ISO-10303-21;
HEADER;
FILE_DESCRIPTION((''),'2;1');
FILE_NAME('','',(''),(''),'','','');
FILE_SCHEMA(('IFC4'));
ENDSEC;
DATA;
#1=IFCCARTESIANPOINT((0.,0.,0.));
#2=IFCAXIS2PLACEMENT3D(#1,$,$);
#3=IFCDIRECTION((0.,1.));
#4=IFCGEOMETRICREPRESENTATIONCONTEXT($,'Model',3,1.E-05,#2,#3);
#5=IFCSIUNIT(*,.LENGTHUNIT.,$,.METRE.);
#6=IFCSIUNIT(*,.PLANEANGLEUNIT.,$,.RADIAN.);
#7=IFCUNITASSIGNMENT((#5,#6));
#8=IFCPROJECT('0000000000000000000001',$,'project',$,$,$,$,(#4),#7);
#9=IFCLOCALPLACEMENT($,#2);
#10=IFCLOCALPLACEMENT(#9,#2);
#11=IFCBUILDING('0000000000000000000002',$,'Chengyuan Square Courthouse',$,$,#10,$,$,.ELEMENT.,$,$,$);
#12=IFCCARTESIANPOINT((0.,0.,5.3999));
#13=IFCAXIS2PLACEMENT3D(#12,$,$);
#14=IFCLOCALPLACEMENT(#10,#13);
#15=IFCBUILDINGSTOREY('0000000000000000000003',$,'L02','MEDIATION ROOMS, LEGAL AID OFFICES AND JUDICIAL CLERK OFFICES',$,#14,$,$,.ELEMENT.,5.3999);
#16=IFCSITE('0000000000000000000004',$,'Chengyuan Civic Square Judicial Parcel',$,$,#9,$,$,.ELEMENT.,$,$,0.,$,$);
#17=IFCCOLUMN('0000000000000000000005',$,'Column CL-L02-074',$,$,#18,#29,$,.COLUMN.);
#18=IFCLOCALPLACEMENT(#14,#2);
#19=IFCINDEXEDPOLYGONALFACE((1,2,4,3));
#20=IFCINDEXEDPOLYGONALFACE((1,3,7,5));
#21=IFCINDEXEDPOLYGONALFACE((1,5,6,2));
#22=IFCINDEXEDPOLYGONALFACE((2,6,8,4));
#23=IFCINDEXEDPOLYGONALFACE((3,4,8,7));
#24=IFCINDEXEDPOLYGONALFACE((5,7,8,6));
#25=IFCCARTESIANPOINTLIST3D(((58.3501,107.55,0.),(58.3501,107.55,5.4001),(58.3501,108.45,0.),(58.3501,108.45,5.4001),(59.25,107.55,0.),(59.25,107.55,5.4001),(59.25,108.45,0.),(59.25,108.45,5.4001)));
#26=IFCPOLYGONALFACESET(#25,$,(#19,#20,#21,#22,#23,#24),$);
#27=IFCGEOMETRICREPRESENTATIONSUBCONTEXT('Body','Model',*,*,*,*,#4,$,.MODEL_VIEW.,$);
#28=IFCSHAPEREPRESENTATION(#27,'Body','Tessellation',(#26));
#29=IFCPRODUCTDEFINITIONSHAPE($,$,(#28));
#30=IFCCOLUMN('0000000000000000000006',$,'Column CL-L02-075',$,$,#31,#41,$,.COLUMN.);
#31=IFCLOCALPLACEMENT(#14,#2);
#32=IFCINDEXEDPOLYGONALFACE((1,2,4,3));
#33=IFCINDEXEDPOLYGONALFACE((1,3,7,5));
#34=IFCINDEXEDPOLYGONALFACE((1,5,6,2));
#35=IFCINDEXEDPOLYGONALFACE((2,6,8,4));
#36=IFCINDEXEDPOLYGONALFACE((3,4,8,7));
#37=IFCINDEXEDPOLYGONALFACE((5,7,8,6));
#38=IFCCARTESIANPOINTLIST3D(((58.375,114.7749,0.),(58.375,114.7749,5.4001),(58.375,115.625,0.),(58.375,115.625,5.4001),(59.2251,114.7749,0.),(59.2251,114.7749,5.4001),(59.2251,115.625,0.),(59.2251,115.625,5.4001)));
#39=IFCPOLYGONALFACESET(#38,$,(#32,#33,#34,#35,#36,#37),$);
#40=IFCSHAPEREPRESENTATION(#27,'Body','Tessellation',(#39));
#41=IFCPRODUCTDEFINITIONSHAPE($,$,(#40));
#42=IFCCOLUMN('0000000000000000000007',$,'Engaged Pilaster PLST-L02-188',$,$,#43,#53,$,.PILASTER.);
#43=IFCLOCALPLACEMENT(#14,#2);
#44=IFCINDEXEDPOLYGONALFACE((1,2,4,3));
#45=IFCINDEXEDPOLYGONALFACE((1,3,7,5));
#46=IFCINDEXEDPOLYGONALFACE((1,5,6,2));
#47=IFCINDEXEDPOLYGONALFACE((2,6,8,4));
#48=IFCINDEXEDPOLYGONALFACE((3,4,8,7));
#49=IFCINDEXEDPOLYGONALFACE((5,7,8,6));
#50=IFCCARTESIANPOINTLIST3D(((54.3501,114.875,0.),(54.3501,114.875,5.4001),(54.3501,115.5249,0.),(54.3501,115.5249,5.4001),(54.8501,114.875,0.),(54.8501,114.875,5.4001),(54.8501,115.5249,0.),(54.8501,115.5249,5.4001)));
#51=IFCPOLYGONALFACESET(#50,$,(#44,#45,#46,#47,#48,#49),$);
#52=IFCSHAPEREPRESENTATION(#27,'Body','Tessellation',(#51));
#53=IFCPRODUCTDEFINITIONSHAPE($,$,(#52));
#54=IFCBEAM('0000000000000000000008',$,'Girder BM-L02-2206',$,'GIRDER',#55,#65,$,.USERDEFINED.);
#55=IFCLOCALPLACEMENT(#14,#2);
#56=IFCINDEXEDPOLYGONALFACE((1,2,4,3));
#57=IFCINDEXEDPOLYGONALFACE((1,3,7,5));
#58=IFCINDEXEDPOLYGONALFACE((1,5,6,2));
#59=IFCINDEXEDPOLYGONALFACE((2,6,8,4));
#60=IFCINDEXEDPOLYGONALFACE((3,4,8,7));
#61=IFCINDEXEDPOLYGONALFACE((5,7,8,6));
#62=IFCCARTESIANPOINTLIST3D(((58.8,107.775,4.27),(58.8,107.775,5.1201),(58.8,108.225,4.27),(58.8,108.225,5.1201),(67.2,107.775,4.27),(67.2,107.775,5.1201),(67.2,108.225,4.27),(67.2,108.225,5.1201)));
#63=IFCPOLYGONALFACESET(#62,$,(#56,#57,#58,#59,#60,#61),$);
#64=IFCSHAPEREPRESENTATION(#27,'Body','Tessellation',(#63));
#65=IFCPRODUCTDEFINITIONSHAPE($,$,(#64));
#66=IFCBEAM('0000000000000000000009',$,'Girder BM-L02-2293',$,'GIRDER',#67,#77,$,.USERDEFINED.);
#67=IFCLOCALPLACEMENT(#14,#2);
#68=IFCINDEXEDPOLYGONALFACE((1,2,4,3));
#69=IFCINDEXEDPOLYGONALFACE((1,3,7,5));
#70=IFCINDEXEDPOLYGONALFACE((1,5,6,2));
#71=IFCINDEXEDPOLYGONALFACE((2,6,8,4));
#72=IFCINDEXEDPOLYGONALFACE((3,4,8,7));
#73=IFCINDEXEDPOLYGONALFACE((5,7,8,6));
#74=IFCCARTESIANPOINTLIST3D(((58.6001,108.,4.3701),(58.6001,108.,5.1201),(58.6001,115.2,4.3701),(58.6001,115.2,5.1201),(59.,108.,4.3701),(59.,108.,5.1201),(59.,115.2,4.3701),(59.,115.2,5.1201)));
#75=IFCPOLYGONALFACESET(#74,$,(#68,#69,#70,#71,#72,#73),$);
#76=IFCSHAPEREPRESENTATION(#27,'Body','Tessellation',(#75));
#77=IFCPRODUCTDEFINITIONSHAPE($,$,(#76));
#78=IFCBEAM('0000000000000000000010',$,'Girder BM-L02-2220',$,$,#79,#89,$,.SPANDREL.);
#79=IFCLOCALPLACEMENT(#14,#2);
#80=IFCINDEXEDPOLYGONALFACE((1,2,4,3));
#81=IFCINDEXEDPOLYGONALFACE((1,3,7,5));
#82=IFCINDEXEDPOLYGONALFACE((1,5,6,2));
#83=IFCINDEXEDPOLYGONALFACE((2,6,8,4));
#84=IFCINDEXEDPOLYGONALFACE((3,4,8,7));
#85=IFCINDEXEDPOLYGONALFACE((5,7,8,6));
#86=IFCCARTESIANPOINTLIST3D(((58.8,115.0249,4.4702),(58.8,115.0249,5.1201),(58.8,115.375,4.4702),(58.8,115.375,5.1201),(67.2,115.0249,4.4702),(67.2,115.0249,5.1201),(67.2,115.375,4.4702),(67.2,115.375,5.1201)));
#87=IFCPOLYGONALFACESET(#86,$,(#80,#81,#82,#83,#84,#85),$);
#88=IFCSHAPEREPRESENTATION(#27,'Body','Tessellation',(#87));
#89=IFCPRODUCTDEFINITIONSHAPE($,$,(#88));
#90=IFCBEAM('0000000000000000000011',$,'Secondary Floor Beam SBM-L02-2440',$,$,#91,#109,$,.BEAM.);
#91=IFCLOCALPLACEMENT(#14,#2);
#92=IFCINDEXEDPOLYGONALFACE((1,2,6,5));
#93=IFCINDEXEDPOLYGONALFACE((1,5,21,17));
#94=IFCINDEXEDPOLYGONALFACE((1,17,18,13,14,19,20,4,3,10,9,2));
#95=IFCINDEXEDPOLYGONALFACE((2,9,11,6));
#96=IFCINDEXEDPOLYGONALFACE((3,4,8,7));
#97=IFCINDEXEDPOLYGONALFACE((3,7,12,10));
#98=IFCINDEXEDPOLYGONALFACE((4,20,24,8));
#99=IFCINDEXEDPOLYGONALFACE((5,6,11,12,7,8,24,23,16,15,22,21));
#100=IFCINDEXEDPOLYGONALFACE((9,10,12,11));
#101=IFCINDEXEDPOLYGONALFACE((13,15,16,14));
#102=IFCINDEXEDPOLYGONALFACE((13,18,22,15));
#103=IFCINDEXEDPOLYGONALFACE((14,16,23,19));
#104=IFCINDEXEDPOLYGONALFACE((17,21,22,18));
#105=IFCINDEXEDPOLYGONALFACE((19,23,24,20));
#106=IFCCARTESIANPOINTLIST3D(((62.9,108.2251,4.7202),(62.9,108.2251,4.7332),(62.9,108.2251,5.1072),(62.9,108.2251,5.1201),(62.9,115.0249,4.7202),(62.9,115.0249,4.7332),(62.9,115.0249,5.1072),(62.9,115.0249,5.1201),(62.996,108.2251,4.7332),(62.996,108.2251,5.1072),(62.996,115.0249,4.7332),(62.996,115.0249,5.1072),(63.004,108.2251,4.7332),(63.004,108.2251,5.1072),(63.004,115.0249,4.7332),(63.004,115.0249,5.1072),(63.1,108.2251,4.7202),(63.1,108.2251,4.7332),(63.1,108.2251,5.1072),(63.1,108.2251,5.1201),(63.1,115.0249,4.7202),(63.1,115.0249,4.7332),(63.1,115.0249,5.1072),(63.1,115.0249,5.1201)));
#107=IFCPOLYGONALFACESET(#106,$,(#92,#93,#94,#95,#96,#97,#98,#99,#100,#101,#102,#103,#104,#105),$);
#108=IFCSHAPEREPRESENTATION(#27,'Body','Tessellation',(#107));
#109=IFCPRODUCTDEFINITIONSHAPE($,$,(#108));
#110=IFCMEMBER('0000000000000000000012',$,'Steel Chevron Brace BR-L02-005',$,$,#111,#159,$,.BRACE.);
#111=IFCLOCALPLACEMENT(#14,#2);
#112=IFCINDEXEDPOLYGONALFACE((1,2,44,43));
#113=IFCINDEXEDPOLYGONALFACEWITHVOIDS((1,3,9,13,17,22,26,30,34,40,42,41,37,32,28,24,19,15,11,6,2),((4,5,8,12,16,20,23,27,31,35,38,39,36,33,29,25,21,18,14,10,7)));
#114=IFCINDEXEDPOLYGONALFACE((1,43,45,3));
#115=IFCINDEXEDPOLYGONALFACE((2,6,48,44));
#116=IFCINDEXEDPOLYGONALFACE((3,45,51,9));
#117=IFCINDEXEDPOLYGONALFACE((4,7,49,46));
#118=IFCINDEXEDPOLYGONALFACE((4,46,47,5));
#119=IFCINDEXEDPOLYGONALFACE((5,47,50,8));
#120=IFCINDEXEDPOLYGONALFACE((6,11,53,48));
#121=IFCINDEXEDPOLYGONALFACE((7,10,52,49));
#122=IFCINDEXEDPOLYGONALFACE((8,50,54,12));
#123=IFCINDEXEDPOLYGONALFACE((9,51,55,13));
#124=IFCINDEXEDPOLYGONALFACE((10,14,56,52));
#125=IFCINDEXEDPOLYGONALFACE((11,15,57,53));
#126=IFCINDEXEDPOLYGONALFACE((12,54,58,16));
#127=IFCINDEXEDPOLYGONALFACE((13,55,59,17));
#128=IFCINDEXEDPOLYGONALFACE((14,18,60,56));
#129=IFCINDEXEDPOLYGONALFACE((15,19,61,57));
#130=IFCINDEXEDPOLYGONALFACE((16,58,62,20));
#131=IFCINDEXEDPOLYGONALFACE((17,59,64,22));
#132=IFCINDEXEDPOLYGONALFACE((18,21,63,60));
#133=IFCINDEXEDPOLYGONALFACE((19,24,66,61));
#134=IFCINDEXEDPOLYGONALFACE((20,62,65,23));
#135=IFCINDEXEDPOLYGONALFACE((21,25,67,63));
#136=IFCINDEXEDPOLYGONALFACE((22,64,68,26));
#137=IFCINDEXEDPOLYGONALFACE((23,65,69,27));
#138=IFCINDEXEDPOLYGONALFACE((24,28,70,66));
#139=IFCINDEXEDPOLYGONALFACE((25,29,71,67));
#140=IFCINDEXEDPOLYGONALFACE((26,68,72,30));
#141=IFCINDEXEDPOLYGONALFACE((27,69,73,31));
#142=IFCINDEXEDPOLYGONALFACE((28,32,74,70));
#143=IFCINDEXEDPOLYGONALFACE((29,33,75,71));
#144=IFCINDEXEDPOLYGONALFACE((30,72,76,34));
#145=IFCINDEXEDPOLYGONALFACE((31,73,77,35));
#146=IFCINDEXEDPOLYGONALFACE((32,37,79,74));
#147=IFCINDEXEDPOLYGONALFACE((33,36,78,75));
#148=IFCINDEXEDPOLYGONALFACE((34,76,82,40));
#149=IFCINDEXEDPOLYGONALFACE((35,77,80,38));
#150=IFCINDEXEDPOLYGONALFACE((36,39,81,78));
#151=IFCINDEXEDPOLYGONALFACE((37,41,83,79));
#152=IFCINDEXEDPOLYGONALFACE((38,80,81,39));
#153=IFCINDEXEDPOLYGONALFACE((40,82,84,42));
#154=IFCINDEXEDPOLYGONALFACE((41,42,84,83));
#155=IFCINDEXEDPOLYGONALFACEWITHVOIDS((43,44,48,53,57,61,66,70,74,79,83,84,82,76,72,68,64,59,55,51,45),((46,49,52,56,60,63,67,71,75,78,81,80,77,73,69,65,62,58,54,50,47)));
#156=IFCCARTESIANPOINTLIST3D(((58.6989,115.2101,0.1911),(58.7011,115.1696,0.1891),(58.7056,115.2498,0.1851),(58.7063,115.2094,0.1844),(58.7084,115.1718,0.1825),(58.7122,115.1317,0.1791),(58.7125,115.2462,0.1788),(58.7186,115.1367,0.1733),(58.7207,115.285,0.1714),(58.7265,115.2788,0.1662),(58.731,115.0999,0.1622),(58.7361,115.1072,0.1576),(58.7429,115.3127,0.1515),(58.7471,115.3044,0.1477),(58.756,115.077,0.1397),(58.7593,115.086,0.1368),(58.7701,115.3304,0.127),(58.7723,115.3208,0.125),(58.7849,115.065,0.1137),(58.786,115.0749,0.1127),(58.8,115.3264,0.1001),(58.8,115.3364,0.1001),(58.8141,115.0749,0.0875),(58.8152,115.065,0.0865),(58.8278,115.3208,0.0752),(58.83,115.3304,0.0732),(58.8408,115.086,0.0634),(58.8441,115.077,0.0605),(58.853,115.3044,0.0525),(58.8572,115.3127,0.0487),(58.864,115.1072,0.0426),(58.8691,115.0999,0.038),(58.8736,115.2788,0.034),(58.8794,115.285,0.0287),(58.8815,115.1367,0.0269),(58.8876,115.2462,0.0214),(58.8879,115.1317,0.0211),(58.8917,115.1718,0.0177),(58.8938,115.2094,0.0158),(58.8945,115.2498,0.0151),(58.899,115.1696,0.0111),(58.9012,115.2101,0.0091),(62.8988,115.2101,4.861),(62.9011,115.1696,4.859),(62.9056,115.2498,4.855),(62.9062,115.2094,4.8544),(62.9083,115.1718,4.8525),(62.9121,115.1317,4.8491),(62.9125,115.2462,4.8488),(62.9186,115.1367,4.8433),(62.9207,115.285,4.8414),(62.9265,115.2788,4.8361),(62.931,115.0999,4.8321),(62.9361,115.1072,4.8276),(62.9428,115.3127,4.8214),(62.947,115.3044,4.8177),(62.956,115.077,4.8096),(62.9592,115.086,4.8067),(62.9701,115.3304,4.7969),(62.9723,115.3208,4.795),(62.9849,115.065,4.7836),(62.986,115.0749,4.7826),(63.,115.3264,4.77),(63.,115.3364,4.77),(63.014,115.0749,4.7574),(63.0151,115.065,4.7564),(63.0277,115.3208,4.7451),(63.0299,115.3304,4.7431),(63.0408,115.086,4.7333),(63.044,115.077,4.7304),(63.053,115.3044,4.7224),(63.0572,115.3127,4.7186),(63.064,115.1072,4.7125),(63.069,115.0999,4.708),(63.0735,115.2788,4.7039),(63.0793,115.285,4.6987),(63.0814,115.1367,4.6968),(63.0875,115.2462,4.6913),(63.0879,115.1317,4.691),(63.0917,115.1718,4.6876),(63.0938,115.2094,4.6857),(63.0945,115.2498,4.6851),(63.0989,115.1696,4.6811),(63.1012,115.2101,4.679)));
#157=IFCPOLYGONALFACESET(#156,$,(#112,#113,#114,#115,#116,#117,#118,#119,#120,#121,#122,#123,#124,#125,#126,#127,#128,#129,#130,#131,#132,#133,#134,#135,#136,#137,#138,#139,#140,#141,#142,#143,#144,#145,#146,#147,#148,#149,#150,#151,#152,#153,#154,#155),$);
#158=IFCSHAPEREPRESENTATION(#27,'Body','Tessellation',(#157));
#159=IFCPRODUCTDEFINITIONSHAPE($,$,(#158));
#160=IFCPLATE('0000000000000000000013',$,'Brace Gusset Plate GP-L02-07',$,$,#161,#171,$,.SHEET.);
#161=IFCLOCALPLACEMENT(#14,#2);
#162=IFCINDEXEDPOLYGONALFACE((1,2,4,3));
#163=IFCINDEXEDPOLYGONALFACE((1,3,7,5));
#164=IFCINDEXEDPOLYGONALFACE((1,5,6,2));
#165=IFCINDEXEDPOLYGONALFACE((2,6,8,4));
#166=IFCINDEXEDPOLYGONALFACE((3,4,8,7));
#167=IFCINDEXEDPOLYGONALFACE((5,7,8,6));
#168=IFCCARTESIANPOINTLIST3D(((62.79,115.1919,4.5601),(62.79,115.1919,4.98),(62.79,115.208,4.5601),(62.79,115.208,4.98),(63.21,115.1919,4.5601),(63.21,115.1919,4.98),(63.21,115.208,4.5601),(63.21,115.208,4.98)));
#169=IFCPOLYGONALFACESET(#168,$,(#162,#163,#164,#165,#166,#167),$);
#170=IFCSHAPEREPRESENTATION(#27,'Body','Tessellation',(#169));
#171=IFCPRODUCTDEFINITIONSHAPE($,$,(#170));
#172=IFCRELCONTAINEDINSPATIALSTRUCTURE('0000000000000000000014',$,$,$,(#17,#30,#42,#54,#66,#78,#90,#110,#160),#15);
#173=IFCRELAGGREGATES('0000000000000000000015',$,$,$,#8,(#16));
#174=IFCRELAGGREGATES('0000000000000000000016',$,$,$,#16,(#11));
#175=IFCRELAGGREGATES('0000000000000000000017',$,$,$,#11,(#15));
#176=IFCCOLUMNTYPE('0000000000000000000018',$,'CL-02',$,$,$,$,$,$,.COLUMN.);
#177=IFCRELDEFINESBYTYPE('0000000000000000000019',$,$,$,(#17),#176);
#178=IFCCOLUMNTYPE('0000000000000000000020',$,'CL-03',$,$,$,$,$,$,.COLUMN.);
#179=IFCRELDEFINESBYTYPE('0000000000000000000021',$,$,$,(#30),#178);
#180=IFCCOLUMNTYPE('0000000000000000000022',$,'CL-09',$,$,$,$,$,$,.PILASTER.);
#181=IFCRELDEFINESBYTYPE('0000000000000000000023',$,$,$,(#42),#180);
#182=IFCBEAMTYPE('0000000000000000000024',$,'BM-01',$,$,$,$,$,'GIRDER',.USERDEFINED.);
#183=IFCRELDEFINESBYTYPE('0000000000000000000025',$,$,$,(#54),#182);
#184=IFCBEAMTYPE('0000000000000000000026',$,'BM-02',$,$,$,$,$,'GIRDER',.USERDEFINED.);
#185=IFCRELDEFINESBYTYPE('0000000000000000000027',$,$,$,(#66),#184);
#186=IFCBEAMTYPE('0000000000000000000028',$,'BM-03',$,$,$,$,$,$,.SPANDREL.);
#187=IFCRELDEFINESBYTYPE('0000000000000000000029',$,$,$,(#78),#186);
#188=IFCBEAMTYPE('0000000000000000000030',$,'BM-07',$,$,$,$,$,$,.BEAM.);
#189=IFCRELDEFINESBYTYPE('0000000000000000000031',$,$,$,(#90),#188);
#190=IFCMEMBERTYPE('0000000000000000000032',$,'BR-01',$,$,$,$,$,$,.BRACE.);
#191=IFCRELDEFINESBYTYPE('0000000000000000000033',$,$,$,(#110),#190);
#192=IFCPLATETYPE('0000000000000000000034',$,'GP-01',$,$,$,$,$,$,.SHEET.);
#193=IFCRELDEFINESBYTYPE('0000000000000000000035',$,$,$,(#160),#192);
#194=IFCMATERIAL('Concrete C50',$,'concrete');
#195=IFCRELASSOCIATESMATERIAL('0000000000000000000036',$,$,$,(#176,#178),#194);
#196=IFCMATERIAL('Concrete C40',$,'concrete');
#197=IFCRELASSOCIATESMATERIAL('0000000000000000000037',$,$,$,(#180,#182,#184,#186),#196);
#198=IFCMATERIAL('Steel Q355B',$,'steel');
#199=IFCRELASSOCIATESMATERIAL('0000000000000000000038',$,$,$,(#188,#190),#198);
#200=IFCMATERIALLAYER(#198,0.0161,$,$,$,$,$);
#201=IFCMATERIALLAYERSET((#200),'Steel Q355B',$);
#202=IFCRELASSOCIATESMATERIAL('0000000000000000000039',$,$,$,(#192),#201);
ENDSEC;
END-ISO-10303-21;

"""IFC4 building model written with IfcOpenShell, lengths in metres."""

from ifc_helpers import new_model, si_unit, direction, frame, origin, origin_2d, place, context, subcontext, project, spatial, rectangle, hollow_circle, i_section, extrude, material, layer, layer_set, material_profile, profile_set, type_object, element, save


model = new_model("IFC4")

# Units and contexts
model_context = context("Model", 3, precision=1e-05, world=origin(), true_north=direction((0.0, 1.0)))
body_context = subcontext(model_context, "Body", "Model", "MODEL_VIEW")
ifc_project = project(units=[si_unit("LENGTHUNIT", "METRE"), si_unit("PLANEANGLEUNIT", "RADIAN")], contexts=[model_context])

# Site, building, storey
site_placement = place(None, origin())
site = spatial("IfcSite", under=ifc_project, at=site_placement, Name="Chengyuan Civic Square Judicial Parcel", CompositionType="ELEMENT", RefElevation=0.0)
building_placement = place(site_placement, origin())
building = spatial("IfcBuilding", under=site, at=building_placement, Name="Chengyuan Square Courthouse", CompositionType="ELEMENT")
storey_placement = place(building_placement, frame((0.0, 0.0, 5.3999)))
storey = spatial("IfcBuildingStorey", under=building, at=storey_placement, Name="L02", Description="MEDIATION ROOMS, LEGAL AID OFFICES AND JUDICIAL CLERK OFFICES", CompositionType="ELEMENT", Elevation=5.3999)

# Columns
ifc_material_1 = material(Name="Concrete C50", Category="concrete")
ifc_material_profile_1 = material_profile(ifc_material_1, rectangle(XDim=0.8999, YDim=0.8999, at=origin_2d()), Name="RC-COL-900x900")
ifc_profile_set_1 = profile_set([ifc_material_profile_1], Name="Concrete C50")
column_type_1 = type_object("IfcColumnType", Name="CL-02", PredefinedType="COLUMN", material=ifc_profile_set_1)
column_1_placement = place(storey_placement, frame((58.8, 108.0, 0.0), z_axis=(0.0, 0.0, 1.0), x_axis=(1.0, 0.0, 0.0)))
element("IfcColumn", 1, at=column_1_placement, inside=storey, type_object=column_type_1, Name="Column CL-L02-074", PredefinedType="COLUMN", context=body_context, shape_type="SweptSolid", body=[
    extrude(rectangle(XDim=0.8999, YDim=0.8999, at=origin_2d()), origin(), (0.0, 0.0, 1.0), 5.4001),
])
ifc_material_profile_2 = material_profile(ifc_material_1, rectangle(XDim=0.8501, YDim=0.8501, at=origin_2d()), Name="RC-COL-850x850")
ifc_profile_set_2 = profile_set([ifc_material_profile_2], Name="Concrete C50")
column_type_2 = type_object("IfcColumnType", Name="CL-03", PredefinedType="COLUMN", material=ifc_profile_set_2)
column_2_placement = place(storey_placement, frame((58.8, 115.2, 0.0), z_axis=(0.0, 0.0, 1.0), x_axis=(1.0, 0.0, 0.0)))
element("IfcColumn", 2, at=column_2_placement, inside=storey, type_object=column_type_2, Name="Column CL-L02-075", PredefinedType="COLUMN", context=body_context, shape_type="SweptSolid", body=[
    extrude(rectangle(XDim=0.8501, YDim=0.8501, at=origin_2d()), origin(), (0.0, 0.0, 1.0), 5.4001),
])
ifc_material_2 = material(Name="Concrete C40", Category="concrete")
ifc_material_profile_3 = material_profile(ifc_material_2, rectangle(XDim=0.5, YDim=0.6499, at=origin_2d()), Name="RC-PIL-500x650")
ifc_profile_set_3 = profile_set([ifc_material_profile_3], Name="Concrete C40")
column_type_3 = type_object("IfcColumnType", Name="CL-09", PredefinedType="PILASTER", material=ifc_profile_set_3)
column_3_placement = place(storey_placement, frame((54.6001, 115.2, 0.0), z_axis=(0.0, 0.0, 1.0), x_axis=(1.0, 0.0, 0.0)))
element("IfcColumn", 3, at=column_3_placement, inside=storey, type_object=column_type_3, Name="Engaged Pilaster PLST-L02-188", PredefinedType="PILASTER", context=body_context, shape_type="SweptSolid", body=[
    extrude(rectangle(XDim=0.5, YDim=0.6499, at=origin_2d()), origin(), (0.0, 0.0, 1.0), 5.4001),
])

# Beams
ifc_material_profile_4 = material_profile(ifc_material_2, rectangle(XDim=0.45, YDim=0.8501, at=origin_2d()), Name="RC-BM-450x850")
ifc_profile_set_4 = profile_set([ifc_material_profile_4], Name="Concrete C40")
beam_type_1 = type_object("IfcBeamType", Name="BM-01", ElementType="GIRDER", PredefinedType="USERDEFINED", material=ifc_profile_set_4)
beam_1_placement = place(storey_placement, frame((58.8, 108.0, 4.6951), z_axis=(1.0, 0.0, 0.0), x_axis=(0.0, 1.0, 0.0)))
element("IfcBeam", 4, at=beam_1_placement, inside=storey, type_object=beam_type_1, Name="Girder BM-L02-2206", ObjectType="GIRDER", PredefinedType="USERDEFINED", context=body_context, shape_type="SweptSolid", body=[
    extrude(rectangle(XDim=0.45, YDim=0.8501, at=origin_2d()), origin(), (0.0, 0.0, 1.0), 8.3999),
])
ifc_material_profile_5 = material_profile(ifc_material_2, rectangle(XDim=0.3999, YDim=0.75, at=origin_2d()), Name="RC-BM-400x750")
ifc_profile_set_5 = profile_set([ifc_material_profile_5], Name="Concrete C40")
beam_type_2 = type_object("IfcBeamType", Name="BM-02", ElementType="GIRDER", PredefinedType="USERDEFINED", material=ifc_profile_set_5)
beam_2_placement = place(storey_placement, frame((58.8, 108.0, 4.7451), z_axis=(0.0, 1.0, 0.0), x_axis=(-1.0, 0.0, 0.0)))
element("IfcBeam", 5, at=beam_2_placement, inside=storey, type_object=beam_type_2, Name="Girder BM-L02-2293", ObjectType="GIRDER", PredefinedType="USERDEFINED", context=body_context, shape_type="SweptSolid", body=[
    extrude(rectangle(XDim=0.3999, YDim=0.75, at=origin_2d()), origin(), (0.0, 0.0, 1.0), 7.2),
])
ifc_material_profile_6 = material_profile(ifc_material_2, rectangle(XDim=0.3501, YDim=0.6499, at=origin_2d()), Name="RC-BM-350x650")
ifc_profile_set_6 = profile_set([ifc_material_profile_6], Name="Concrete C40")
beam_type_3 = type_object("IfcBeamType", Name="BM-03", PredefinedType="SPANDREL", material=ifc_profile_set_6)
beam_3_placement = place(storey_placement, frame((58.8, 115.2, 4.7952), z_axis=(1.0, 0.0, 0.0), x_axis=(0.0, 1.0, 0.0)))
element("IfcBeam", 6, at=beam_3_placement, inside=storey, type_object=beam_type_3, Name="Girder BM-L02-2220", PredefinedType="SPANDREL", context=body_context, shape_type="SweptSolid", body=[
    extrude(rectangle(XDim=0.3501, YDim=0.6499, at=origin_2d()), origin(), (0.0, 0.0, 1.0), 8.3999),
])
ifc_material_3 = material(Name="Steel Q355B", Category="steel")
ifc_material_profile_7 = material_profile(ifc_material_3, i_section(OverallWidth=0.2, OverallDepth=0.3999, WebThickness=0.0081, FlangeThickness=0.0129, at=origin_2d()), Name="HN 400x200x8x13")
ifc_profile_set_7 = profile_set([ifc_material_profile_7], Name="Steel Q355B")
beam_type_4 = type_object("IfcBeamType", Name="BM-07", PredefinedType="BEAM", material=ifc_profile_set_7)
beam_4_placement = place(storey_placement, frame((63.0, 108.2251, 4.9202), z_axis=(0.0, 1.0, 0.0), x_axis=(-1.0, 0.0, 0.0)))
element("IfcBeam", 7, at=beam_4_placement, inside=storey, type_object=beam_type_4, Name="Secondary Floor Beam SBM-L02-2440", PredefinedType="BEAM", context=body_context, shape_type="SweptSolid", body=[
    extrude(i_section(OverallWidth=0.2, OverallDepth=0.3999, WebThickness=0.0081, FlangeThickness=0.0129, at=origin_2d()), origin(), (0.0, 0.0, 1.0), 6.7998),
])

# Member
ifc_material_profile_8 = material_profile(ifc_material_3, hollow_circle(Radius=0.1365, WallThickness=0.01, at=origin_2d()), Name="CHS 273x10")
ifc_profile_set_8 = profile_set([ifc_material_profile_8], Name="Steel Q355B")
member_type = type_object("IfcMemberType", Name="BR-01", PredefinedType="BRACE", material=ifc_profile_set_8)
member_placement = place(storey_placement, frame((58.8, 115.2, 0.1001), z_axis=(0.668703, 0.0, 0.74353), x_axis=(0.0, 1.0, 0.0)))
element("IfcMember", 8, at=member_placement, inside=storey, type_object=member_type, Name="Steel Chevron Brace BR-L02-005", PredefinedType="BRACE", context=body_context, shape_type="SweptSolid", body=[
    extrude(hollow_circle(Radius=0.1365, WallThickness=0.01, at=origin_2d()), origin(), (0.0, 0.0, 1.0), 6.2808),
])

# Plate
ifc_layer_1 = layer(ifc_material_3, 0.0161)
ifc_layer_set_1 = layer_set([ifc_layer_1], Name="Steel Q355B")
plate_type = type_object("IfcPlateType", Name="GP-01", PredefinedType="SHEET", material=ifc_layer_set_1)
plate_placement = place(storey_placement, frame((63.0, 115.2, 4.5601), z_axis=(0.0, 0.0, 1.0), x_axis=(1.0, 0.0, 0.0)))
element("IfcPlate", 9, at=plate_placement, inside=storey, type_object=plate_type, Name="Brace Gusset Plate GP-L02-07", PredefinedType="SHEET", context=body_context, shape_type="SweptSolid", body=[
    extrude(rectangle(XDim=0.4199, YDim=0.0161, at=origin_2d()), origin(), (0.0, 0.0, 1.0), 0.4199),
])

save(model, "model.ifc")
